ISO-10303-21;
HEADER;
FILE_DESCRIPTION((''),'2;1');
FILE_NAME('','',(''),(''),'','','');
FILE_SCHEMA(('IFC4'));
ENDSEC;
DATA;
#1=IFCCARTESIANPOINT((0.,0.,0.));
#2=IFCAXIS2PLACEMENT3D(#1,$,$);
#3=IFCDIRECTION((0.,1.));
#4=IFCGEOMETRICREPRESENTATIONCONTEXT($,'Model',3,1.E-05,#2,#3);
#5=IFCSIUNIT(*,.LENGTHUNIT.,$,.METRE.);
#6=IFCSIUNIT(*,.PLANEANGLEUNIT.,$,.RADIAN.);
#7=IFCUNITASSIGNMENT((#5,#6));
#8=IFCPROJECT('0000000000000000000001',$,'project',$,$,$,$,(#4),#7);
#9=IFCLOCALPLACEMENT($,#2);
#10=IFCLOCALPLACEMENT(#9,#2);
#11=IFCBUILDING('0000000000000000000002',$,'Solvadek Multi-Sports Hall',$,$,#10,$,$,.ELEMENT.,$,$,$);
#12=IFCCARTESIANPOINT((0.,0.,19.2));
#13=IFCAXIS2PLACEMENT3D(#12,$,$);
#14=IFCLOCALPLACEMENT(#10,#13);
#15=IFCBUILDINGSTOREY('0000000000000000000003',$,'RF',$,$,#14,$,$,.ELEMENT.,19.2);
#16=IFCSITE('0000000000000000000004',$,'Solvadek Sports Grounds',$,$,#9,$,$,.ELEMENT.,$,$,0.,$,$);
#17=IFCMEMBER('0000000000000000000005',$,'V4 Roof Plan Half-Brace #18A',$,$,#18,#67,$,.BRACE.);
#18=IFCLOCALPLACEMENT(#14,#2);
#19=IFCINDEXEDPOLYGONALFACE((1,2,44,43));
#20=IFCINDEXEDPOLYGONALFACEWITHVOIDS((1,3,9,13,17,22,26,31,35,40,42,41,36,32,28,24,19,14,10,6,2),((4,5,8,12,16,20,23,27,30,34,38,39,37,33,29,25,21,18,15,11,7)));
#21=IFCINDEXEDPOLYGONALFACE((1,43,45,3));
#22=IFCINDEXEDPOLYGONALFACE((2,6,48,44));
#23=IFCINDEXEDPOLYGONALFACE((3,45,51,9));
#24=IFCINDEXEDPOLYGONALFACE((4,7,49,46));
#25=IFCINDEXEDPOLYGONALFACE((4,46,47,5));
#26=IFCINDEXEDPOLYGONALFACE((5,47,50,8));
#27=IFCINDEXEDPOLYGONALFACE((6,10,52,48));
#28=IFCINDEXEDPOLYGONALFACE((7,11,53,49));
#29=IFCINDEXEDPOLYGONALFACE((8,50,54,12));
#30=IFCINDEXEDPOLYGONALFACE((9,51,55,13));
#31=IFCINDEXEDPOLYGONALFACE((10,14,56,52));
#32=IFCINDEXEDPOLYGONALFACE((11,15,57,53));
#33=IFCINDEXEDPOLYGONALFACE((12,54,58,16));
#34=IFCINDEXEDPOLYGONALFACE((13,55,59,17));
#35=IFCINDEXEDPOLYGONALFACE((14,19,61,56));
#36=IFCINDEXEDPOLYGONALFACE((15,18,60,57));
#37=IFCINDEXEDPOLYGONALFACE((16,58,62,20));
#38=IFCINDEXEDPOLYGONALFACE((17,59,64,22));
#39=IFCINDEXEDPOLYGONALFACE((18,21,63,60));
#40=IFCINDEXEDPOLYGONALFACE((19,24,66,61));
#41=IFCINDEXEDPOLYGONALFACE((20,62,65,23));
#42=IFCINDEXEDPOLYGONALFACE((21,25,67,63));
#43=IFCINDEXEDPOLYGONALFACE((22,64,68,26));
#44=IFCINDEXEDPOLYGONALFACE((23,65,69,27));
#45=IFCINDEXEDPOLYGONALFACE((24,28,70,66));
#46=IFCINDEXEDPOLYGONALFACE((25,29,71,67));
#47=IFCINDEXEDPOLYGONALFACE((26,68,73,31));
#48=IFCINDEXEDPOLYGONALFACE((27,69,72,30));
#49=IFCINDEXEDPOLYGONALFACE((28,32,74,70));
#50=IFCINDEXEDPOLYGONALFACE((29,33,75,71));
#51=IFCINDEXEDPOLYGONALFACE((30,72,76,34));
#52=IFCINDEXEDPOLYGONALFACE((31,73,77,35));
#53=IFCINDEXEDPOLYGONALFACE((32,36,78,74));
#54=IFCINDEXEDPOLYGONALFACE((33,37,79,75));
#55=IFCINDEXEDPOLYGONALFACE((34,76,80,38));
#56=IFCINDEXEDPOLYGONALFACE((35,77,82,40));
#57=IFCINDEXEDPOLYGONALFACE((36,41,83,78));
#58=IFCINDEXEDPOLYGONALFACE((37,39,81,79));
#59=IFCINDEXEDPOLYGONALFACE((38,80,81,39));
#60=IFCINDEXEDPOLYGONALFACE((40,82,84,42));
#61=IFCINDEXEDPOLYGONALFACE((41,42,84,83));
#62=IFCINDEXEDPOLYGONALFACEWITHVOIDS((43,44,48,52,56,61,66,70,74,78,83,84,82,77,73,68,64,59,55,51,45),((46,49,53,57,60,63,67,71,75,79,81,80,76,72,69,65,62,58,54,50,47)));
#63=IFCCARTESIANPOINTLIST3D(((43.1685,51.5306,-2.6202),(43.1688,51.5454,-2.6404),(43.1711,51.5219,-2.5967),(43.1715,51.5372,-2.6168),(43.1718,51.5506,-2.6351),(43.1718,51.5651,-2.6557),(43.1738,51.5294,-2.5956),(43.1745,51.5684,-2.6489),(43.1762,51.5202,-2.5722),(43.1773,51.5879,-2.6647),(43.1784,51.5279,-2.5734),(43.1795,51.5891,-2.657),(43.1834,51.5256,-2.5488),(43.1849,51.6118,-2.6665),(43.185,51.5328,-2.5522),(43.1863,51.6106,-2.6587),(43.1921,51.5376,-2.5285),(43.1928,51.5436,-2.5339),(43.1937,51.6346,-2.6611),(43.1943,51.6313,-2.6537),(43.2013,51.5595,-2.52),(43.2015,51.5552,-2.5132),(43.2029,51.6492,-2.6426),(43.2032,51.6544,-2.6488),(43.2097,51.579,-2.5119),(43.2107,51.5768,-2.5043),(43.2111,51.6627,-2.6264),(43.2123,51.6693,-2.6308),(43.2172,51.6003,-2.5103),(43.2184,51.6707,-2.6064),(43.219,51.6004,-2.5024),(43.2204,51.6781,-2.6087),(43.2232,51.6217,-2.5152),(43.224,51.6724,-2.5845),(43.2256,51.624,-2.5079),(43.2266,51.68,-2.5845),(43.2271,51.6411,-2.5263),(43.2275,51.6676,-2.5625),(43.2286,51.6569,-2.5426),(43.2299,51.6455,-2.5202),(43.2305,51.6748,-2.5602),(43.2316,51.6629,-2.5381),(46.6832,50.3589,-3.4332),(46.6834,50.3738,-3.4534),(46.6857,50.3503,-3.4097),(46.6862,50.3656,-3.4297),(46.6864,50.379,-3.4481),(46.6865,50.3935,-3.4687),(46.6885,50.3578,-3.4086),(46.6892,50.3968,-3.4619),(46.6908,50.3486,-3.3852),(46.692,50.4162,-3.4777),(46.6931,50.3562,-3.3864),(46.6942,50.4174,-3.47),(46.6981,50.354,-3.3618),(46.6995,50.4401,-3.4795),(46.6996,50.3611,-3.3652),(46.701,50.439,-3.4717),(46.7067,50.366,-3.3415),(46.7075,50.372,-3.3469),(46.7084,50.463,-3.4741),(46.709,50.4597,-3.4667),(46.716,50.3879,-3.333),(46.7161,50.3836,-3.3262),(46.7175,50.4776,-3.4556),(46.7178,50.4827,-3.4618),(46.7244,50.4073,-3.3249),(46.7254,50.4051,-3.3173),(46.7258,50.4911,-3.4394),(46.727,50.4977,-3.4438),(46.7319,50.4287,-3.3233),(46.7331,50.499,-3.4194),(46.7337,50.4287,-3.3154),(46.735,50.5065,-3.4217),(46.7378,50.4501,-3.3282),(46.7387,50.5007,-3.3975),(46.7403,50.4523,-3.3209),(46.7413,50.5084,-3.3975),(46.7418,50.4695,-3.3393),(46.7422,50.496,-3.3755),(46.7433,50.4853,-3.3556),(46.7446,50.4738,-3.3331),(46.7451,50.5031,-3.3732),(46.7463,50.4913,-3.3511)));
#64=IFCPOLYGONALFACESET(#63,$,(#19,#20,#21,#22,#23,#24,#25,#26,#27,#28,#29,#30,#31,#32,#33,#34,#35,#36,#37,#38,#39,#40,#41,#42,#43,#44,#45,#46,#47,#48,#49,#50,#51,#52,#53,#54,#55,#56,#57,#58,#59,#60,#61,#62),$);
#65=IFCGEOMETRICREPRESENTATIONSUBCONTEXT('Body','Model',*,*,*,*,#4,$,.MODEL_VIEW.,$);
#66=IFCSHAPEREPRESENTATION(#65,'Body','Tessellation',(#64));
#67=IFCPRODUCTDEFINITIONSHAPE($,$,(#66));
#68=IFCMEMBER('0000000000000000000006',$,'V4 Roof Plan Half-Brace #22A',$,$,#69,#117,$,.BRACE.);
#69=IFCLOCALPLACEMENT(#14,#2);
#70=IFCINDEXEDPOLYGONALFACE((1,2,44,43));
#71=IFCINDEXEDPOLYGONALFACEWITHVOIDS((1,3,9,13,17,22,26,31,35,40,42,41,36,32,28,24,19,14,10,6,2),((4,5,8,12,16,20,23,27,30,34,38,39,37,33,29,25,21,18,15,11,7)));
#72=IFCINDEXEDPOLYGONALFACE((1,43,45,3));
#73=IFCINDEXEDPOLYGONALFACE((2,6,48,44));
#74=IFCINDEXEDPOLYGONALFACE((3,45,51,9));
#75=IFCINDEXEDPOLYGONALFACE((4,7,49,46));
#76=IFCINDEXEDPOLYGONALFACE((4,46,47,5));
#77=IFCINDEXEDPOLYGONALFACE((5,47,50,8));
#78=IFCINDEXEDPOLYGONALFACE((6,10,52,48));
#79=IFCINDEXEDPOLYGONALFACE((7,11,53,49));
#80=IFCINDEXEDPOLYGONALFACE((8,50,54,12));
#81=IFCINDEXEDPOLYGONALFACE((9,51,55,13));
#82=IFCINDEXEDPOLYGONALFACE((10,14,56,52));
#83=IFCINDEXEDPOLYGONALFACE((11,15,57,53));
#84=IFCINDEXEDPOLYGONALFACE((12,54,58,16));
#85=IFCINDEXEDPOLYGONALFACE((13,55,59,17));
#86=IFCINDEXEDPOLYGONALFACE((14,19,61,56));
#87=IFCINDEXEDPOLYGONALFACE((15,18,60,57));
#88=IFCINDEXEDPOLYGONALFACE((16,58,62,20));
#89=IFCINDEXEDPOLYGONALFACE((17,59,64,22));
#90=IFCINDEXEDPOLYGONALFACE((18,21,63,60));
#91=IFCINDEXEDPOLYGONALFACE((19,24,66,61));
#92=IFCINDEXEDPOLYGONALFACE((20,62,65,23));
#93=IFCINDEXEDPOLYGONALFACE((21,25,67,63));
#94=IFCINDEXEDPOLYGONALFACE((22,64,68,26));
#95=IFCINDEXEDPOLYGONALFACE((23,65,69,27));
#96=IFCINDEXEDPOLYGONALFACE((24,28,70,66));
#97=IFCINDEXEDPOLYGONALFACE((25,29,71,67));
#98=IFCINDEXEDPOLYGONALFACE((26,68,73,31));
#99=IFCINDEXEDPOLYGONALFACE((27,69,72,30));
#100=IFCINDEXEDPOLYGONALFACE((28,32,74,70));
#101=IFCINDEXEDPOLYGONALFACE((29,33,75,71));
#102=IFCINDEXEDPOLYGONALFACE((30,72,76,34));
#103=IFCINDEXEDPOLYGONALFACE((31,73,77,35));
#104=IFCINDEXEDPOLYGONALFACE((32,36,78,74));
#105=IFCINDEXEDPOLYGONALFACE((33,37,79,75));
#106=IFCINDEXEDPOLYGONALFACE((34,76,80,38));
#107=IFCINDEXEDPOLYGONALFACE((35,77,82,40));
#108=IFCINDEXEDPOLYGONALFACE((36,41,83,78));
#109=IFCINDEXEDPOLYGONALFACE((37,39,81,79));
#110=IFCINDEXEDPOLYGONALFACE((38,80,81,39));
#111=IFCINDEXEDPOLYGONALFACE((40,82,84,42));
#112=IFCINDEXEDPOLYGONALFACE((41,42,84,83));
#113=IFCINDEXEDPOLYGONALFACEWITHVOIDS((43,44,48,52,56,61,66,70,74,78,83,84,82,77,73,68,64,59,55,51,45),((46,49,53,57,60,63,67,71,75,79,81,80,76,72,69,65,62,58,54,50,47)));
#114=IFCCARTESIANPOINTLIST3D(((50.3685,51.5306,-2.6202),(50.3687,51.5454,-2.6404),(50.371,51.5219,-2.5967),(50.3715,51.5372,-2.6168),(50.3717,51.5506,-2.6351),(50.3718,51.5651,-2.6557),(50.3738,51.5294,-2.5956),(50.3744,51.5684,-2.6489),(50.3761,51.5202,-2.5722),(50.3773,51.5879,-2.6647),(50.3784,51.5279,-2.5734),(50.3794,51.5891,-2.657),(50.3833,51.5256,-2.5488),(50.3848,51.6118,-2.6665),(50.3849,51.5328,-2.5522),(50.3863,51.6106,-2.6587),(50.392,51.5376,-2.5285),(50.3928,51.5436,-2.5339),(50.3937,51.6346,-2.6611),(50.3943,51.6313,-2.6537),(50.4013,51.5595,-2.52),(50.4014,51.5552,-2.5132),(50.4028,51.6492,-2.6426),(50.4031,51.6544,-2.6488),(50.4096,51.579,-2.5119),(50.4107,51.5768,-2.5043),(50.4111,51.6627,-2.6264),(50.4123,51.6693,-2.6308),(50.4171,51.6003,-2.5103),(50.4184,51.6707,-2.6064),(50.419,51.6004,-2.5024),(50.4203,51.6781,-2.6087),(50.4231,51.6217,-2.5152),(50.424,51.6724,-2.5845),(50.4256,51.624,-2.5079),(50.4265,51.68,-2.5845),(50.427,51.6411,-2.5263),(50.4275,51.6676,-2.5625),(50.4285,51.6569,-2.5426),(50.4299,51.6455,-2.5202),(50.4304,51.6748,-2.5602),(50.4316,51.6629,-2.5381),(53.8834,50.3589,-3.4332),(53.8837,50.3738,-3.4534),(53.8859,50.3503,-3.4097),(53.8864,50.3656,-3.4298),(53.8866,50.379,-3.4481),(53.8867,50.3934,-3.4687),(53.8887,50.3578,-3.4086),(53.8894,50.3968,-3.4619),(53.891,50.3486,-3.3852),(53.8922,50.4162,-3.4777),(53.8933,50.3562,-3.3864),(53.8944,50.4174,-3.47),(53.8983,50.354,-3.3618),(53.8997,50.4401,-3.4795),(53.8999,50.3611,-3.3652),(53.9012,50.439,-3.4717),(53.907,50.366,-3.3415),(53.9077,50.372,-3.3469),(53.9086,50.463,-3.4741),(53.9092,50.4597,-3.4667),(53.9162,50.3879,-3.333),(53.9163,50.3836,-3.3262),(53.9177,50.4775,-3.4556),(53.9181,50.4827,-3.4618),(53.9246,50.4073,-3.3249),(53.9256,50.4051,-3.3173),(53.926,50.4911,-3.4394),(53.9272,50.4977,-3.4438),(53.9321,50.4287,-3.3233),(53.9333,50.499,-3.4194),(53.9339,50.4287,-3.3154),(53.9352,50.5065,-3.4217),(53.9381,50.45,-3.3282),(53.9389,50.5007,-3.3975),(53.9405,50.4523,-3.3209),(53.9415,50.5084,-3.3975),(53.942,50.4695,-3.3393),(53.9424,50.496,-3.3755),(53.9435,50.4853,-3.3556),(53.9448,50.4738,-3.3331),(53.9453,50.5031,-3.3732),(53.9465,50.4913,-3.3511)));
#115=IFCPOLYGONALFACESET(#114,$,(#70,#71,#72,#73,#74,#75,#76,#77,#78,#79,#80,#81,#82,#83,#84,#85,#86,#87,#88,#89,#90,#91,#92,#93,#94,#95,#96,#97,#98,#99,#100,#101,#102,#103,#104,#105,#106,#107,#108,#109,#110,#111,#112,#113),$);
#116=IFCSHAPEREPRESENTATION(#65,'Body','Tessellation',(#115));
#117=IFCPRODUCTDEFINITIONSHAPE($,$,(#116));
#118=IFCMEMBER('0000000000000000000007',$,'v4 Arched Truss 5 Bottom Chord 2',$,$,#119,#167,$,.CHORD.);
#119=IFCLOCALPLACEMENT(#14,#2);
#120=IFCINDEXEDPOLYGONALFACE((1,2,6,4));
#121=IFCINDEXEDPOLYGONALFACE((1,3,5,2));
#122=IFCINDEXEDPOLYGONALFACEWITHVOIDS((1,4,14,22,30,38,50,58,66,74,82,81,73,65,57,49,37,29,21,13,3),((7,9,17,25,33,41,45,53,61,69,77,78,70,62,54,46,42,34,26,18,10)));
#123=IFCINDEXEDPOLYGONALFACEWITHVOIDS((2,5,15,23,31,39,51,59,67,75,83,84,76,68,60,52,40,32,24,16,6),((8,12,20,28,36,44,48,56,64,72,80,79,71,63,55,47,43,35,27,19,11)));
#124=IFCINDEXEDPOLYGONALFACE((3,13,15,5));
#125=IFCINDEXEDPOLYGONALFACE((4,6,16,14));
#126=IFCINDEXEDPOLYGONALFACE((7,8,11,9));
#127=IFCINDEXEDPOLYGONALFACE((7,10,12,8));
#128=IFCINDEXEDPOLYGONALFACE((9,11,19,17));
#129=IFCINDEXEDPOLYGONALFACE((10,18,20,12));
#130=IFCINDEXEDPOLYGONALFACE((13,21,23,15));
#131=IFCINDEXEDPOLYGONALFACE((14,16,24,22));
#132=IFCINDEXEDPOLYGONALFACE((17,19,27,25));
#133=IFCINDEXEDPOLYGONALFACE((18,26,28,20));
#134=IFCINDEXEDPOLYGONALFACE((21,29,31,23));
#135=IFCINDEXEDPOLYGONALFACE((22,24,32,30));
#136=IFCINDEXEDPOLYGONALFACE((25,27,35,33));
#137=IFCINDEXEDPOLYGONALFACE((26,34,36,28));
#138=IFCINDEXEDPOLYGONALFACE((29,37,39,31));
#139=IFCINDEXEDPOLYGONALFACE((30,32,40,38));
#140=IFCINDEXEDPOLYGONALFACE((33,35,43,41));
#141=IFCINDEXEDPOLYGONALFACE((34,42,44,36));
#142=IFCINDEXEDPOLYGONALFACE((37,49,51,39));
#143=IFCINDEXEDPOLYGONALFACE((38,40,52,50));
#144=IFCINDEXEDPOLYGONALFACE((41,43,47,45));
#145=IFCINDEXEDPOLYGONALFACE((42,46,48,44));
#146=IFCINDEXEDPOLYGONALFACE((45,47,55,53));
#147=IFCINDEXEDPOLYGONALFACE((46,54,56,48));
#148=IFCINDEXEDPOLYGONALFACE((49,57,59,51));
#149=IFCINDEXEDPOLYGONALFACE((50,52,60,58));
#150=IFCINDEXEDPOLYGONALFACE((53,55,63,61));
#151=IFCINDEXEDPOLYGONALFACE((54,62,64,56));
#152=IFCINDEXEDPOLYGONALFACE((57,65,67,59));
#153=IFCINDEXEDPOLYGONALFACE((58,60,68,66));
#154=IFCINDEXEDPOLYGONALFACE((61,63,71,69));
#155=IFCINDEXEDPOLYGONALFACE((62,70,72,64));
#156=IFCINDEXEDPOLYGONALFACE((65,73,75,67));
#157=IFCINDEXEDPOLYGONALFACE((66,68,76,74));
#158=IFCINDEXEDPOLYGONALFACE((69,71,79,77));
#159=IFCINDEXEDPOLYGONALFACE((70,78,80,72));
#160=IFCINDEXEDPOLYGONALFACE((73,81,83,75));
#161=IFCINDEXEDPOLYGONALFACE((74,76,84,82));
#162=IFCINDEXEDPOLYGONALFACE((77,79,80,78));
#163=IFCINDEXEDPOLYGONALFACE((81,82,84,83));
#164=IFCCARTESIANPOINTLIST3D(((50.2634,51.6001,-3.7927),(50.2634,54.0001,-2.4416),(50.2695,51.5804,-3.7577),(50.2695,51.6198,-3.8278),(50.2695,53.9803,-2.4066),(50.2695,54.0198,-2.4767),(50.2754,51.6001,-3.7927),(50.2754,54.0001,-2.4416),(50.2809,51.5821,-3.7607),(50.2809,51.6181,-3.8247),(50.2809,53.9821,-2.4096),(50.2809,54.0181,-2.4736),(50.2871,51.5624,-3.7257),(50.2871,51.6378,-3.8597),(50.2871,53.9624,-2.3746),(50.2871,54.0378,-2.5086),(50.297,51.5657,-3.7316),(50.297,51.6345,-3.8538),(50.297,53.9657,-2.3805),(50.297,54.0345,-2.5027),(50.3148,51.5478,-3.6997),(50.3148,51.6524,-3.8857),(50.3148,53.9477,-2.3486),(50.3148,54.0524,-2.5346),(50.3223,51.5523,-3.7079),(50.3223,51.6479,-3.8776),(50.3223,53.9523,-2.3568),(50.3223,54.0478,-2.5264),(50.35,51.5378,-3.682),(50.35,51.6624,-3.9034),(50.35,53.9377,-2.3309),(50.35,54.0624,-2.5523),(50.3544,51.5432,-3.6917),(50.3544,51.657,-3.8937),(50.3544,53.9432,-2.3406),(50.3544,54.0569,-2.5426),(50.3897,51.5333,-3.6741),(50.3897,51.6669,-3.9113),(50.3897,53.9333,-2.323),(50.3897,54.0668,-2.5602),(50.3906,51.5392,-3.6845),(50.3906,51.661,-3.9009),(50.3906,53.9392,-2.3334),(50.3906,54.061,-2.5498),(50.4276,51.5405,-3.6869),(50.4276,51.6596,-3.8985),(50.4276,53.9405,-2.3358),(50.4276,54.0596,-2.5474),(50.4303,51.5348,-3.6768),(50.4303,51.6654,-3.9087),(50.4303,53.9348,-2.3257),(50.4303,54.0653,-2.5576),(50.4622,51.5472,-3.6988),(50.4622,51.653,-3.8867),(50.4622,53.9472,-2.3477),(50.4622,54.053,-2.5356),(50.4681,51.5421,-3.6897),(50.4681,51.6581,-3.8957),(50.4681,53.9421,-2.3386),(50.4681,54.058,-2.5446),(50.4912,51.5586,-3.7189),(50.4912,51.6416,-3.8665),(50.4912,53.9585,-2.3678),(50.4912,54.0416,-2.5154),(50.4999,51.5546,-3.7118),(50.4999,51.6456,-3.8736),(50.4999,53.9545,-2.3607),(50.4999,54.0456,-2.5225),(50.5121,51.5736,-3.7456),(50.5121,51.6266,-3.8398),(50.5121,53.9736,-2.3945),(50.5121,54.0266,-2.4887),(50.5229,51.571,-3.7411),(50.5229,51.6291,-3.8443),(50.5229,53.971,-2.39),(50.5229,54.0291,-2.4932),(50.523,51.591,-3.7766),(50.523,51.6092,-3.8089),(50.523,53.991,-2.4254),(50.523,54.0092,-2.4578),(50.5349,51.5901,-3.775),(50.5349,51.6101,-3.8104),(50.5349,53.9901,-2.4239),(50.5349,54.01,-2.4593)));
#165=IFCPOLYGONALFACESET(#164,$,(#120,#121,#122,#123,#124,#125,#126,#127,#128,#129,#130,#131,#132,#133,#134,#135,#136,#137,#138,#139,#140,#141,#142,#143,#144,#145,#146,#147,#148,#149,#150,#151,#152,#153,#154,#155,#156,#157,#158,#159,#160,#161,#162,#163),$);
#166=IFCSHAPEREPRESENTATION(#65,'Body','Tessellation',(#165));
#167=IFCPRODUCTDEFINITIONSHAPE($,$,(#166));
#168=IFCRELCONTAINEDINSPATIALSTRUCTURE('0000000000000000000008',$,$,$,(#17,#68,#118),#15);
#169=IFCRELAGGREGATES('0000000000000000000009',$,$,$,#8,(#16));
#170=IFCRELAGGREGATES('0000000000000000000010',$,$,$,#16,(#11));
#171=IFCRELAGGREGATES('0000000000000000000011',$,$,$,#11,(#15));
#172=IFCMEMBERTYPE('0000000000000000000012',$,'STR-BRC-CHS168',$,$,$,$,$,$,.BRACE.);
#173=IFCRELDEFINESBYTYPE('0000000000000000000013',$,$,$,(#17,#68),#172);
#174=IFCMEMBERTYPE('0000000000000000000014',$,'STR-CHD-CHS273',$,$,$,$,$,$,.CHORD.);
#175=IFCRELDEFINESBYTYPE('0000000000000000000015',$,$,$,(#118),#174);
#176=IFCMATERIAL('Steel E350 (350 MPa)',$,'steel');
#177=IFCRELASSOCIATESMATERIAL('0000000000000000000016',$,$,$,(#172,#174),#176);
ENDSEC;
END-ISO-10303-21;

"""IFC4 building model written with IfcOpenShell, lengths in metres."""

from ifc_helpers import new_model, si_unit, direction, frame, origin, origin_2d, place, context, subcontext, project, spatial, hollow_circle, extrude, material, material_profile, profile_set, type_object, element, save


model = new_model("IFC4")

# Units and contexts
model_context = context("Model", 3, precision=1e-05, world=origin(), true_north=direction((0.0, 1.0)))
body_context = subcontext(model_context, "Body", "Model", "MODEL_VIEW")
ifc_project = project(units=[si_unit("LENGTHUNIT", "METRE"), si_unit("PLANEANGLEUNIT", "RADIAN")], contexts=[model_context])

# Site, building, storey
site_placement = place(None, origin())
site = spatial("IfcSite", under=ifc_project, at=site_placement, Name="Solvadek Sports Grounds", CompositionType="ELEMENT", RefElevation=0.0)
building_placement = place(site_placement, origin())
building = spatial("IfcBuilding", under=site, at=building_placement, Name="Solvadek Multi-Sports Hall", CompositionType="ELEMENT")
storey_placement = place(building_placement, frame((0.0, 0.0, 19.2)))
storey = spatial("IfcBuildingStorey", under=building, at=storey_placement, Name="RF", CompositionType="ELEMENT", Elevation=19.2)

# Members
ifc_material_1 = material(Name="Steel E350 (350 MPa)", Category="steel")
ifc_material_profile_1 = material_profile(ifc_material_1, hollow_circle(Radius=0.0842, WallThickness=0.0081, at=origin_2d()), Name="CHS 168.3x8")
ifc_profile_set_1 = profile_set([ifc_material_profile_1], Name="Steel E350 (350 MPa)")
member_type_1 = type_object("IfcMemberType", Name="STR-BRC-CHS168", PredefinedType="BRACE", material=ifc_profile_set_1)
member_1_placement = place(storey_placement, frame((43.2, 51.6001, -2.5845), z_axis=(0.926628, -0.308898, -0.214342), x_axis=(0.316248, 0.948677, 0.0)))
element("IfcMember", 1, at=member_1_placement, inside=storey, type_object=member_type_1, Name="V4 Roof Plan Half-Brace #18A", PredefinedType="BRACE", context=body_context, shape_type="SweptSolid", body=[
    extrude(hollow_circle(Radius=0.0842, WallThickness=0.0081, at=origin_2d()), origin(), (0.0, 0.0, 1.0), 3.793),
])
member_2_placement = place(storey_placement, frame((50.3999, 51.6001, -2.5845), z_axis=(0.926637, -0.308879, -0.21433), x_axis=(0.316228, 0.948683, 0.0)))
element("IfcMember", 2, at=member_2_placement, inside=storey, type_object=member_type_1, Name="V4 Roof Plan Half-Brace #22A", PredefinedType="BRACE", context=body_context, shape_type="SweptSolid", body=[
    extrude(hollow_circle(Radius=0.0842, WallThickness=0.0081, at=origin_2d()), origin(), (0.0, 0.0, 1.0), 3.7932),
])
ifc_material_profile_2 = material_profile(ifc_material_1, hollow_circle(Radius=0.1365, WallThickness=0.012, at=origin_2d()), Name="CHS 273.0x12")
ifc_profile_set_2 = profile_set([ifc_material_profile_2], Name="Steel E350 (350 MPa)")
member_type_2 = type_object("IfcMemberType", Name="STR-CHD-CHS273", PredefinedType="CHORD", material=ifc_profile_set_2)
member_3_placement = place(storey_placement, frame((50.3999, 51.6001, -3.7927), z_axis=(0.0, 0.8714, 0.490573), x_axis=(-1.0, 0.0, 0.0)))
element("IfcMember", 3, at=member_3_placement, inside=storey, type_object=member_type_2, Name="v4 Arched Truss 5 Bottom Chord 2", PredefinedType="CHORD", context=body_context, shape_type="SweptSolid", body=[
    extrude(hollow_circle(Radius=0.1365, WallThickness=0.012, at=origin_2d()), origin(), (0.0, 0.0, 1.0), 2.7542),
])

save(model, "model.ifc")
